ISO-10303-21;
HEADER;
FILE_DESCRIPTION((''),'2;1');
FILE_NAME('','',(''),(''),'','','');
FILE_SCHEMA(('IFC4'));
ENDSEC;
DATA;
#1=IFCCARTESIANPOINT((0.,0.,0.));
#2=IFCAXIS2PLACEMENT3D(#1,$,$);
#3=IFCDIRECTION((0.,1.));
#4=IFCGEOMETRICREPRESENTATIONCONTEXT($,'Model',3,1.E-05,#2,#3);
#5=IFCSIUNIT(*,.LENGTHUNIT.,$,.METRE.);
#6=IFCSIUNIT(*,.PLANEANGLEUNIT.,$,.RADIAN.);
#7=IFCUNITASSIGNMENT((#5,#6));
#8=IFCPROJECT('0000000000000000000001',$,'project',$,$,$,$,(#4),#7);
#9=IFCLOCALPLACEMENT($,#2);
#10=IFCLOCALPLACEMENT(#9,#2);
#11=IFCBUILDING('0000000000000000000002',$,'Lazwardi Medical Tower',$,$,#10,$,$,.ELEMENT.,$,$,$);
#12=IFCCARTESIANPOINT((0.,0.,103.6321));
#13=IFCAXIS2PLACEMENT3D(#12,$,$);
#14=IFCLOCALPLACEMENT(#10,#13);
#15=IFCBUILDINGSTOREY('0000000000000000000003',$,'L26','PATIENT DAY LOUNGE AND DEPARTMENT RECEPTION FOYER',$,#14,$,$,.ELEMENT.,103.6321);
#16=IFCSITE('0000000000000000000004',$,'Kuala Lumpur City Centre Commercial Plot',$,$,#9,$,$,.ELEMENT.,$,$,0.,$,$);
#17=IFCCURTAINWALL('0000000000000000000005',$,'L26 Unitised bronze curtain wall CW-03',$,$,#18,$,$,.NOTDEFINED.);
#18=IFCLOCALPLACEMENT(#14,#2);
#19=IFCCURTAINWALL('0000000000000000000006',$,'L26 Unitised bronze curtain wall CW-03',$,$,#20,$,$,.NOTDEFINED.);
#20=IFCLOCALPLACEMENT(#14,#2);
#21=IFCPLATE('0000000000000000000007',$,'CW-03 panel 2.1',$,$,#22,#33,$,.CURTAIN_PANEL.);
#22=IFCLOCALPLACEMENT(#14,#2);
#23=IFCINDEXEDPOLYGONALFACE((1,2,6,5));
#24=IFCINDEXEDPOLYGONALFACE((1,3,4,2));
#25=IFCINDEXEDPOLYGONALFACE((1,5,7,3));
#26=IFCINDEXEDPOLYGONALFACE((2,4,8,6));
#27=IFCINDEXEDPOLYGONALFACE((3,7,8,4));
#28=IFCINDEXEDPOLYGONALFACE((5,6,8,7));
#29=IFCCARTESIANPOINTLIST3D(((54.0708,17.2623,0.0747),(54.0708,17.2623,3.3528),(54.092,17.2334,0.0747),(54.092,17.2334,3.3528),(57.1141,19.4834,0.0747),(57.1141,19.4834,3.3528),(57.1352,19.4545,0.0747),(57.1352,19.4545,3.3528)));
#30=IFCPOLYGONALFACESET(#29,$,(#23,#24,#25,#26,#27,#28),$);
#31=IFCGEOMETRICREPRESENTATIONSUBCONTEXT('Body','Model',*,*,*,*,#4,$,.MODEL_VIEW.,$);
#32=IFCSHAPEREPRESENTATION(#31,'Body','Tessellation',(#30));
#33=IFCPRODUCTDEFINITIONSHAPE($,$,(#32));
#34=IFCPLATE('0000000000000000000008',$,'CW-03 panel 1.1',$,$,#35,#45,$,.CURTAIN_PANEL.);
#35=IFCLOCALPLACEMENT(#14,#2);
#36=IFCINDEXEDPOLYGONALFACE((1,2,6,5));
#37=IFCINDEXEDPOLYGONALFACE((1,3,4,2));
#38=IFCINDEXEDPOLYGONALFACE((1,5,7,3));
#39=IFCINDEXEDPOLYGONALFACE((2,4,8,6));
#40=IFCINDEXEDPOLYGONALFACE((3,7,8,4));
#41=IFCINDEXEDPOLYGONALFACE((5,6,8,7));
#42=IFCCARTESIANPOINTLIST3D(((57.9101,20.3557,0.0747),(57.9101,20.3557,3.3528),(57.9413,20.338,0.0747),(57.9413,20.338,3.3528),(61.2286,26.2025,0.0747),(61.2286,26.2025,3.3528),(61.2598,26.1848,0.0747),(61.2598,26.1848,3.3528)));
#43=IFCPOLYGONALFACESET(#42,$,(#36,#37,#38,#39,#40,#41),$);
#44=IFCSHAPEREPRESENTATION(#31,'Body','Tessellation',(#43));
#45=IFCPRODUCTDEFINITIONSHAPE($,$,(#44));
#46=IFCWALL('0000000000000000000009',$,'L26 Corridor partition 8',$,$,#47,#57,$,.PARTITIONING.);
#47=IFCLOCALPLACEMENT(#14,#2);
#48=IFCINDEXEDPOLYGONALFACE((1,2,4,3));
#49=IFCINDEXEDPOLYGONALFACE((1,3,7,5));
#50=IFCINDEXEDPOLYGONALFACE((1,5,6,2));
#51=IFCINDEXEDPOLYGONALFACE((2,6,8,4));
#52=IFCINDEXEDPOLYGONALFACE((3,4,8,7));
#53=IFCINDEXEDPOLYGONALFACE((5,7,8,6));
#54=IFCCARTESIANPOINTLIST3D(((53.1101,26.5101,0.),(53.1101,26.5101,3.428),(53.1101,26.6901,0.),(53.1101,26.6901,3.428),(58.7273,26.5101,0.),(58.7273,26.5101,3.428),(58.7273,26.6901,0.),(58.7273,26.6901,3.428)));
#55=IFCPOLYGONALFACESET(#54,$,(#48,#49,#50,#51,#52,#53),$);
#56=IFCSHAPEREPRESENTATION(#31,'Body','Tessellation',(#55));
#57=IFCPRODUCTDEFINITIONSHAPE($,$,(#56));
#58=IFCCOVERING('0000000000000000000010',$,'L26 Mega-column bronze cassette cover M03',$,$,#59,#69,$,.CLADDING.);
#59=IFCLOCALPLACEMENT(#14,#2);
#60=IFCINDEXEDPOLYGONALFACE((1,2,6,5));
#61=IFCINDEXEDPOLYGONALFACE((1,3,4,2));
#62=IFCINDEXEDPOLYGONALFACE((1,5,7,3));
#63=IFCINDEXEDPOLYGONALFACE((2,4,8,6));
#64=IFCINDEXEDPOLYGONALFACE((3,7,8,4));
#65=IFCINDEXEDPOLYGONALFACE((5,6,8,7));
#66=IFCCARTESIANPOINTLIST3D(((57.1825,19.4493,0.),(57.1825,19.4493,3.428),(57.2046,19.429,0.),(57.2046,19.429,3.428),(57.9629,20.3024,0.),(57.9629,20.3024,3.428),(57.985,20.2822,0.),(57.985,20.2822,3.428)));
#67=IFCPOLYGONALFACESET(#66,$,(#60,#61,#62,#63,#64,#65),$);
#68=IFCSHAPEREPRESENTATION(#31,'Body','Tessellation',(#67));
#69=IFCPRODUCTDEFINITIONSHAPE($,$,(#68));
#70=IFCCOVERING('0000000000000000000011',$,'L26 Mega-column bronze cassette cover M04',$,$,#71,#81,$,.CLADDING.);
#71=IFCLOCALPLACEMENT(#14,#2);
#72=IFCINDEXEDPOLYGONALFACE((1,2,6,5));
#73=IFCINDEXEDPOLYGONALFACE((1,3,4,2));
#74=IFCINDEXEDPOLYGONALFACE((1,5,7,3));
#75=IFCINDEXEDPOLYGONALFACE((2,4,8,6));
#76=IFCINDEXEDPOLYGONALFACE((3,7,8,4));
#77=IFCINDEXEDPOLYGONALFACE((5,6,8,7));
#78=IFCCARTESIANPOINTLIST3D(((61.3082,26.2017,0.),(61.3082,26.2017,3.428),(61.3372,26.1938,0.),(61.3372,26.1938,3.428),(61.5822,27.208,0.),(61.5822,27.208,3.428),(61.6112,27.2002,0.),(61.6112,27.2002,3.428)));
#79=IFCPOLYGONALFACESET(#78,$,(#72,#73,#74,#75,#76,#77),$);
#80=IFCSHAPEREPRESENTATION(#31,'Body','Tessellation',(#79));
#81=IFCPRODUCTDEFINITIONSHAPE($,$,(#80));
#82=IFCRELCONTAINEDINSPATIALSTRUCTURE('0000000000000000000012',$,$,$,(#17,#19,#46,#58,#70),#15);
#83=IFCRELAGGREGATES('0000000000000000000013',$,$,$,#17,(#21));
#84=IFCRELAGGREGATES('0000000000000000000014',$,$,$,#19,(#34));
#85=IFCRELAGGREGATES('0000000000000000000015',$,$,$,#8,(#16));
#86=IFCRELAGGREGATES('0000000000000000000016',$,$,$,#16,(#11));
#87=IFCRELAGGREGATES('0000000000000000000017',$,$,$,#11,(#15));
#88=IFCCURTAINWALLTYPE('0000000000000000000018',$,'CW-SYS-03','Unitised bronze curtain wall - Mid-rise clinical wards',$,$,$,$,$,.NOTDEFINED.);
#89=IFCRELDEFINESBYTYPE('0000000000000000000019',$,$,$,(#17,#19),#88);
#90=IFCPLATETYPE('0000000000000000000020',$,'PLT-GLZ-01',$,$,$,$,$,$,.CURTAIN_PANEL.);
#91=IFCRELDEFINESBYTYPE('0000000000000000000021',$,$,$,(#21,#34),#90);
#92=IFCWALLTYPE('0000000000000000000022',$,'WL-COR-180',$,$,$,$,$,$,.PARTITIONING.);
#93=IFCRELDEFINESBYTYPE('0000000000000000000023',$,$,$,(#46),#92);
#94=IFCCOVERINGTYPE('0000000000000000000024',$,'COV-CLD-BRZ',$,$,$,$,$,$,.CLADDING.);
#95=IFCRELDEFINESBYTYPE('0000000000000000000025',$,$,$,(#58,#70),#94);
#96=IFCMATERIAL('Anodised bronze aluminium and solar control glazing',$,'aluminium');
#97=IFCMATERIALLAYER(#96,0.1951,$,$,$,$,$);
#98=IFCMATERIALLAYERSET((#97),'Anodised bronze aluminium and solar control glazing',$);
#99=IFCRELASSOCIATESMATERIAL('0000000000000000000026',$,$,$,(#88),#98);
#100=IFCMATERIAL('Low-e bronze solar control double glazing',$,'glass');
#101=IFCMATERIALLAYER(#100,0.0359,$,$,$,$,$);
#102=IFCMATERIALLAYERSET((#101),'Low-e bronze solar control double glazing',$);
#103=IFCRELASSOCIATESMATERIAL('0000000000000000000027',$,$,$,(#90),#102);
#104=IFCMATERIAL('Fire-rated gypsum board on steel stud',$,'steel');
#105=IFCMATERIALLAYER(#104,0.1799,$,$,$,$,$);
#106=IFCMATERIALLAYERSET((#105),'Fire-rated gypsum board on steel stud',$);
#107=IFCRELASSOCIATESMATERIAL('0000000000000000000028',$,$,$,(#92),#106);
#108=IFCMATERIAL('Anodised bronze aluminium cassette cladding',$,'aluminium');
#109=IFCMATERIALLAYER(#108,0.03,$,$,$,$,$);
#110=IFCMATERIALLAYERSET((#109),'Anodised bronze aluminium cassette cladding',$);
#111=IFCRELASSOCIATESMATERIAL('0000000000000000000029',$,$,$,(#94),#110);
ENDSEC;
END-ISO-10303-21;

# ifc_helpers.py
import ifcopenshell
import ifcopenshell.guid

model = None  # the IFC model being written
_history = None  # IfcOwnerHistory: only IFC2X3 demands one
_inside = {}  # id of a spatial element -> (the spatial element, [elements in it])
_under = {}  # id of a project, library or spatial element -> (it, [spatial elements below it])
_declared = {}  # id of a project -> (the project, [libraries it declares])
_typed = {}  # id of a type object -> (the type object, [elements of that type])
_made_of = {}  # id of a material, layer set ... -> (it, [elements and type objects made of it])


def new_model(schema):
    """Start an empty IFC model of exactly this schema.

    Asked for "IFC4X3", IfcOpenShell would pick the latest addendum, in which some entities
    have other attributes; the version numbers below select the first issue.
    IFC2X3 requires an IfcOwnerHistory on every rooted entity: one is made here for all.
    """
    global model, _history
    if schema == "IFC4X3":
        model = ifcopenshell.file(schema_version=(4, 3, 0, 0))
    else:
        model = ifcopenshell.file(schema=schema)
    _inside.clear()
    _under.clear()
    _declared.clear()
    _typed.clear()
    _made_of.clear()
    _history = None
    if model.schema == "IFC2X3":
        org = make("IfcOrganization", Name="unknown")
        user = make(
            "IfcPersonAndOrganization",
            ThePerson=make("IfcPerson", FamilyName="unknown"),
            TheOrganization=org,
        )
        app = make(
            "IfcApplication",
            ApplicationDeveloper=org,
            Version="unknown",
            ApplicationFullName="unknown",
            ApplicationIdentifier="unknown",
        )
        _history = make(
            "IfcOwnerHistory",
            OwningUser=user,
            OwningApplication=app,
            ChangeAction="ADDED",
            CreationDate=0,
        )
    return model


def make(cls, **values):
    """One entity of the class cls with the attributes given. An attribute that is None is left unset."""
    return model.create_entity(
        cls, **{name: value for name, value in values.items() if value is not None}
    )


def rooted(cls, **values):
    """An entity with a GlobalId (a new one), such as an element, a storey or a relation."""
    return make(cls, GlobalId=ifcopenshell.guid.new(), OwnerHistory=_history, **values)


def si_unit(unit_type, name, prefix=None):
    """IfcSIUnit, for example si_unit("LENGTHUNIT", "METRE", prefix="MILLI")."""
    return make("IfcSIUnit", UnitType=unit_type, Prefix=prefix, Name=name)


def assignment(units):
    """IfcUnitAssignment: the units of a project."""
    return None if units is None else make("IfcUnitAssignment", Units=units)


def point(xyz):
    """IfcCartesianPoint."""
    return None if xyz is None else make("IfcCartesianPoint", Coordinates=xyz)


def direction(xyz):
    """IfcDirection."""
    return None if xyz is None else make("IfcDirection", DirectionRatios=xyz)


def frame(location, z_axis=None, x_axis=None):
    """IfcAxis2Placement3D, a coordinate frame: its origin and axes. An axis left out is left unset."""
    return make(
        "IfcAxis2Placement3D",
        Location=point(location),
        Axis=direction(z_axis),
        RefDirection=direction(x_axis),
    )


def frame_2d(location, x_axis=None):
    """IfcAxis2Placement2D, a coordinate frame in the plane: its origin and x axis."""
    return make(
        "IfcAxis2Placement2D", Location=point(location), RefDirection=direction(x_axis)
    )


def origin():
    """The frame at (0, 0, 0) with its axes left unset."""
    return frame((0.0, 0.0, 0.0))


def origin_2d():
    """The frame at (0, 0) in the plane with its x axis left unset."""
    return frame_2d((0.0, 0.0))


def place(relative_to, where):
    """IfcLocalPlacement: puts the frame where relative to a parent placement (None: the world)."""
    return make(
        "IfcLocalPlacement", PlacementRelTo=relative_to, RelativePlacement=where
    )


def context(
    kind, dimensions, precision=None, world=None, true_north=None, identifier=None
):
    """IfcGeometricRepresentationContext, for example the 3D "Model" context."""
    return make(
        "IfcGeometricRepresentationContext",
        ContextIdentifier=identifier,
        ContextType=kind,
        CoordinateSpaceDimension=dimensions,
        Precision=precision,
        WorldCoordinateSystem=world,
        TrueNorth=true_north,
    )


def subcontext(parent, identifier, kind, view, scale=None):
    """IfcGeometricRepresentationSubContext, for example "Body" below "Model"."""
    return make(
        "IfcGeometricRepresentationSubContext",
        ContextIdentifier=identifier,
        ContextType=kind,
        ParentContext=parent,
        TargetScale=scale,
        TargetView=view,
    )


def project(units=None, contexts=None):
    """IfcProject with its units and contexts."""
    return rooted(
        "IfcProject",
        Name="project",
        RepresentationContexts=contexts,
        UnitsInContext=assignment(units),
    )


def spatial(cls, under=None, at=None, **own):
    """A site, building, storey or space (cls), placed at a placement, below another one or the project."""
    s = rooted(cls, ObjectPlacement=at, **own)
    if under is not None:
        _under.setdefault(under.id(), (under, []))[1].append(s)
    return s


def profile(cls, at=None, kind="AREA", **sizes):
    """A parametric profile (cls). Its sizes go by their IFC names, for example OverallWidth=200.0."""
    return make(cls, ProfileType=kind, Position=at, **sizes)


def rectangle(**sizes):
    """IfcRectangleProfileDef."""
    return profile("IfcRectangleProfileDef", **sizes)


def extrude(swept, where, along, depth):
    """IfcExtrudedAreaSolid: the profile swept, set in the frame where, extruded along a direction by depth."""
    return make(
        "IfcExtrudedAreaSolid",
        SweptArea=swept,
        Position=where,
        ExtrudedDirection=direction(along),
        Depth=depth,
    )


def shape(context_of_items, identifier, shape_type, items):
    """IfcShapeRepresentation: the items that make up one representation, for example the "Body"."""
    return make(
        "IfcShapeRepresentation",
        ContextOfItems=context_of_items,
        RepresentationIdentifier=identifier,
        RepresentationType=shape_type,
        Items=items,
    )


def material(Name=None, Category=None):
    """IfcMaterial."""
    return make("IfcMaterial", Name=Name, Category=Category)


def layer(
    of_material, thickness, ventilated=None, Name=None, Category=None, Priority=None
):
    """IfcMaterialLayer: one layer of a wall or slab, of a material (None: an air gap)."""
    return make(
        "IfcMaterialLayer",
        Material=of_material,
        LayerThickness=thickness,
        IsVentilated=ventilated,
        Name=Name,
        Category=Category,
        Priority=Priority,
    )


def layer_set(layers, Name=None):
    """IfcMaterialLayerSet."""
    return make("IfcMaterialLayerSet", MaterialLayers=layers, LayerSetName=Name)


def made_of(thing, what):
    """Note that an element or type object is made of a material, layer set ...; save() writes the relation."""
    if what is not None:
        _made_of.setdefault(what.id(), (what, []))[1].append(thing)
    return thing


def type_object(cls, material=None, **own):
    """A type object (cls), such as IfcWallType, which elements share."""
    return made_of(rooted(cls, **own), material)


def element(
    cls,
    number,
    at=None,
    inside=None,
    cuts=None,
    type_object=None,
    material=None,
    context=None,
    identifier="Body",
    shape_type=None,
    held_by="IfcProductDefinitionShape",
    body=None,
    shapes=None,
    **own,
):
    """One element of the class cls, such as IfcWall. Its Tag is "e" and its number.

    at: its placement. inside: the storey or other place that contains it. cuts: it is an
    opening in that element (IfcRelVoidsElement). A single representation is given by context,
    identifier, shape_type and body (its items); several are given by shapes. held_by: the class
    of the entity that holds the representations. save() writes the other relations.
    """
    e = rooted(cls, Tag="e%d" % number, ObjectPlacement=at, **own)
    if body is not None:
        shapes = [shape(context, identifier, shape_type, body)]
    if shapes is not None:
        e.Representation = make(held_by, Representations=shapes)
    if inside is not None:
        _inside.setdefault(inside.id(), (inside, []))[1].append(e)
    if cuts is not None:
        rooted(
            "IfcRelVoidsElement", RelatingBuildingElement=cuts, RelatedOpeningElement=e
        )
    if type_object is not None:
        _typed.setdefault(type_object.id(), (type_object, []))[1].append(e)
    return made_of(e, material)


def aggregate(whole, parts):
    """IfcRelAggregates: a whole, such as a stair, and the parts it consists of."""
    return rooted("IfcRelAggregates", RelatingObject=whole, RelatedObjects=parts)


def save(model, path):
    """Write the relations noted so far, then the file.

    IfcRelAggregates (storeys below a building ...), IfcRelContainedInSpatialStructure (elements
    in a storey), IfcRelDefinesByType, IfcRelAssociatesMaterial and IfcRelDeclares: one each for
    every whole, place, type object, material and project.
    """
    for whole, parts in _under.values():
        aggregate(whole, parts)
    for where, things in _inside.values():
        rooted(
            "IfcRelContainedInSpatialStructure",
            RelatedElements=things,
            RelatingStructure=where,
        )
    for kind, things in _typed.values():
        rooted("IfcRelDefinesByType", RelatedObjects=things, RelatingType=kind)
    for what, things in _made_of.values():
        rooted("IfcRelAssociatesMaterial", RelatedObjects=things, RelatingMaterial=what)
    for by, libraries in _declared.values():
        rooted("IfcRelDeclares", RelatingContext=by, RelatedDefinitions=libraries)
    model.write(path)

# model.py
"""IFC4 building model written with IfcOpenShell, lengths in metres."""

from ifc_helpers import new_model, si_unit, direction, frame, frame_2d, origin, origin_2d, place, context, subcontext, project, spatial, rectangle, extrude, material, layer, layer_set, type_object, element, aggregate, save


model = new_model("IFC4")

# Units and contexts
model_context = context("Model", 3, precision=1e-05, world=origin(), true_north=direction((0.0, 1.0)))
body_context = subcontext(model_context, "Body", "Model", "MODEL_VIEW")
ifc_project = project(units=[si_unit("LENGTHUNIT", "METRE"), si_unit("PLANEANGLEUNIT", "RADIAN")], contexts=[model_context])

# Site, building, storey
site_placement = place(None, origin())
site = spatial("IfcSite", under=ifc_project, at=site_placement, Name="Kuala Lumpur City Centre Commercial Plot", CompositionType="ELEMENT", RefElevation=0.0)
building_placement = place(site_placement, origin())
building = spatial("IfcBuilding", under=site, at=building_placement, Name="Lazwardi Medical Tower", CompositionType="ELEMENT")
storey_placement = place(building_placement, frame((0.0, 0.0, 103.6321)))
storey = spatial("IfcBuildingStorey", under=building, at=storey_placement, Name="L26", Description="PATIENT DAY LOUNGE AND DEPARTMENT RECEPTION FOYER", CompositionType="ELEMENT", Elevation=103.6321)

# Curtain walls
ifc_material_1 = material(Name="Anodised bronze aluminium and solar control glazing", Category="aluminium")
ifc_layer_1 = layer(ifc_material_1, 0.1951)
ifc_layer_set_1 = layer_set([ifc_layer_1], Name="Anodised bronze aluminium and solar control glazing")
curtain_wall_type = type_object("IfcCurtainWallType", Name="CW-SYS-03", Description="Unitised bronze curtain wall - Mid-rise clinical wards", PredefinedType="NOTDEFINED", material=ifc_layer_set_1)
curtain_wall_1_placement = place(storey_placement, origin())
curtain_wall_1 = element("IfcCurtainWall", 1, at=curtain_wall_1_placement, inside=storey, type_object=curtain_wall_type, Name="L26 Unitised bronze curtain wall CW-03", PredefinedType="NOTDEFINED")
curtain_wall_2_placement = place(storey_placement, origin())
curtain_wall_2 = element("IfcCurtainWall", 2, at=curtain_wall_2_placement, inside=storey, type_object=curtain_wall_type, Name="L26 Unitised bronze curtain wall CW-03", PredefinedType="NOTDEFINED")

# Plates
ifc_material_2 = material(Name="Low-e bronze solar control double glazing", Category="glass")
ifc_layer_2 = layer(ifc_material_2, 0.0359)
ifc_layer_set_2 = layer_set([ifc_layer_2], Name="Low-e bronze solar control double glazing")
plate_type = type_object("IfcPlateType", Name="PLT-GLZ-01", PredefinedType="CURTAIN_PANEL", material=ifc_layer_set_2)
plate_1_placement = place(storey_placement, frame((55.603, 18.3584, 0.0747), z_axis=(0.0, 0.0, 1.0), x_axis=(0.807746, 0.589531, 0.0)))
plate_1 = element("IfcPlate", 3, at=plate_1_placement, type_object=plate_type, Name="CW-03 panel 2.1", PredefinedType="CURTAIN_PANEL", context=body_context, shape_type="SweptSolid", body=[
    extrude(rectangle(XDim=3.7676, YDim=0.0359, at=origin_2d()), origin(), (0.0, 0.0, 1.0), 3.2781),
])
aggregate(curtain_wall_1, [plate_1])
plate_2_placement = place(storey_placement, frame((59.585, 23.2703, 0.0747), z_axis=(0.0, 0.0, 1.0), x_axis=(0.493603, 0.869687, 0.0)))
plate_2 = element("IfcPlate", 4, at=plate_2_placement, type_object=plate_type, Name="CW-03 panel 1.1", PredefinedType="CURTAIN_PANEL", context=body_context, shape_type="SweptSolid", body=[
    extrude(rectangle(XDim=6.7229, YDim=0.0359, at=origin_2d()), origin(), (0.0, 0.0, 1.0), 3.2781),
])
aggregate(curtain_wall_2, [plate_2])

# Wall
ifc_material_3 = material(Name="Fire-rated gypsum board on steel stud", Category="steel")
ifc_layer_3 = layer(ifc_material_3, 0.1799)
ifc_layer_set_3 = layer_set([ifc_layer_3], Name="Fire-rated gypsum board on steel stud")
wall_type = type_object("IfcWallType", Name="WL-COR-180", PredefinedType="PARTITIONING", material=ifc_layer_set_3)
wall_placement = place(storey_placement, frame((58.7273, 26.6001, 0.0), z_axis=(0.0, 0.0, 1.0), x_axis=(-1.0, 0.0, 0.0)))
element("IfcWall", 5, at=wall_placement, inside=storey, type_object=wall_type, Name="L26 Corridor partition 8", PredefinedType="PARTITIONING", context=body_context, shape_type="SweptSolid", body=[
    extrude(rectangle(XDim=5.6172, YDim=0.1799, at=frame_2d((2.8086, 0.0))), origin(), (0.0, 0.0, 1.0), 3.428),
])

# Coverings
ifc_material_4 = material(Name="Anodised bronze aluminium cassette cladding", Category="aluminium")
ifc_layer_4 = layer(ifc_material_4, 0.03)
ifc_layer_set_4 = layer_set([ifc_layer_4], Name="Anodised bronze aluminium cassette cladding")
covering_type = type_object("IfcCoveringType", Name="COV-CLD-BRZ", PredefinedType="CLADDING", material=ifc_layer_set_4)
covering_1_placement = place(storey_placement, frame((57.5837, 19.8657, 0.0), z_axis=(0.0, 0.0, 1.0), x_axis=(0.674926, 0.737885, 0.0)))
element("IfcCovering", 6, at=covering_1_placement, inside=storey, type_object=covering_type, Name="L26 Mega-column bronze cassette cover M03", PredefinedType="CLADDING", context=body_context, shape_type="SweptSolid", body=[
    extrude(rectangle(XDim=1.1562, YDim=0.03, at=origin_2d()), origin(), (0.0, 0.0, 1.0), 3.428),
])
covering_2_placement = place(storey_placement, frame((61.4597, 26.7009, 0.0), z_axis=(0.0, 0.0, 1.0), x_axis=(0.262696, 0.964879, 0.0)))
element("IfcCovering", 7, at=covering_2_placement, inside=storey, type_object=covering_type, Name="L26 Mega-column bronze cassette cover M04", PredefinedType="CLADDING", context=body_context, shape_type="SweptSolid", body=[
    extrude(rectangle(XDim=1.043, YDim=0.03, at=origin_2d()), origin(), (0.0, 0.0, 1.0), 3.428),
])

save(model, "model.ifc")
